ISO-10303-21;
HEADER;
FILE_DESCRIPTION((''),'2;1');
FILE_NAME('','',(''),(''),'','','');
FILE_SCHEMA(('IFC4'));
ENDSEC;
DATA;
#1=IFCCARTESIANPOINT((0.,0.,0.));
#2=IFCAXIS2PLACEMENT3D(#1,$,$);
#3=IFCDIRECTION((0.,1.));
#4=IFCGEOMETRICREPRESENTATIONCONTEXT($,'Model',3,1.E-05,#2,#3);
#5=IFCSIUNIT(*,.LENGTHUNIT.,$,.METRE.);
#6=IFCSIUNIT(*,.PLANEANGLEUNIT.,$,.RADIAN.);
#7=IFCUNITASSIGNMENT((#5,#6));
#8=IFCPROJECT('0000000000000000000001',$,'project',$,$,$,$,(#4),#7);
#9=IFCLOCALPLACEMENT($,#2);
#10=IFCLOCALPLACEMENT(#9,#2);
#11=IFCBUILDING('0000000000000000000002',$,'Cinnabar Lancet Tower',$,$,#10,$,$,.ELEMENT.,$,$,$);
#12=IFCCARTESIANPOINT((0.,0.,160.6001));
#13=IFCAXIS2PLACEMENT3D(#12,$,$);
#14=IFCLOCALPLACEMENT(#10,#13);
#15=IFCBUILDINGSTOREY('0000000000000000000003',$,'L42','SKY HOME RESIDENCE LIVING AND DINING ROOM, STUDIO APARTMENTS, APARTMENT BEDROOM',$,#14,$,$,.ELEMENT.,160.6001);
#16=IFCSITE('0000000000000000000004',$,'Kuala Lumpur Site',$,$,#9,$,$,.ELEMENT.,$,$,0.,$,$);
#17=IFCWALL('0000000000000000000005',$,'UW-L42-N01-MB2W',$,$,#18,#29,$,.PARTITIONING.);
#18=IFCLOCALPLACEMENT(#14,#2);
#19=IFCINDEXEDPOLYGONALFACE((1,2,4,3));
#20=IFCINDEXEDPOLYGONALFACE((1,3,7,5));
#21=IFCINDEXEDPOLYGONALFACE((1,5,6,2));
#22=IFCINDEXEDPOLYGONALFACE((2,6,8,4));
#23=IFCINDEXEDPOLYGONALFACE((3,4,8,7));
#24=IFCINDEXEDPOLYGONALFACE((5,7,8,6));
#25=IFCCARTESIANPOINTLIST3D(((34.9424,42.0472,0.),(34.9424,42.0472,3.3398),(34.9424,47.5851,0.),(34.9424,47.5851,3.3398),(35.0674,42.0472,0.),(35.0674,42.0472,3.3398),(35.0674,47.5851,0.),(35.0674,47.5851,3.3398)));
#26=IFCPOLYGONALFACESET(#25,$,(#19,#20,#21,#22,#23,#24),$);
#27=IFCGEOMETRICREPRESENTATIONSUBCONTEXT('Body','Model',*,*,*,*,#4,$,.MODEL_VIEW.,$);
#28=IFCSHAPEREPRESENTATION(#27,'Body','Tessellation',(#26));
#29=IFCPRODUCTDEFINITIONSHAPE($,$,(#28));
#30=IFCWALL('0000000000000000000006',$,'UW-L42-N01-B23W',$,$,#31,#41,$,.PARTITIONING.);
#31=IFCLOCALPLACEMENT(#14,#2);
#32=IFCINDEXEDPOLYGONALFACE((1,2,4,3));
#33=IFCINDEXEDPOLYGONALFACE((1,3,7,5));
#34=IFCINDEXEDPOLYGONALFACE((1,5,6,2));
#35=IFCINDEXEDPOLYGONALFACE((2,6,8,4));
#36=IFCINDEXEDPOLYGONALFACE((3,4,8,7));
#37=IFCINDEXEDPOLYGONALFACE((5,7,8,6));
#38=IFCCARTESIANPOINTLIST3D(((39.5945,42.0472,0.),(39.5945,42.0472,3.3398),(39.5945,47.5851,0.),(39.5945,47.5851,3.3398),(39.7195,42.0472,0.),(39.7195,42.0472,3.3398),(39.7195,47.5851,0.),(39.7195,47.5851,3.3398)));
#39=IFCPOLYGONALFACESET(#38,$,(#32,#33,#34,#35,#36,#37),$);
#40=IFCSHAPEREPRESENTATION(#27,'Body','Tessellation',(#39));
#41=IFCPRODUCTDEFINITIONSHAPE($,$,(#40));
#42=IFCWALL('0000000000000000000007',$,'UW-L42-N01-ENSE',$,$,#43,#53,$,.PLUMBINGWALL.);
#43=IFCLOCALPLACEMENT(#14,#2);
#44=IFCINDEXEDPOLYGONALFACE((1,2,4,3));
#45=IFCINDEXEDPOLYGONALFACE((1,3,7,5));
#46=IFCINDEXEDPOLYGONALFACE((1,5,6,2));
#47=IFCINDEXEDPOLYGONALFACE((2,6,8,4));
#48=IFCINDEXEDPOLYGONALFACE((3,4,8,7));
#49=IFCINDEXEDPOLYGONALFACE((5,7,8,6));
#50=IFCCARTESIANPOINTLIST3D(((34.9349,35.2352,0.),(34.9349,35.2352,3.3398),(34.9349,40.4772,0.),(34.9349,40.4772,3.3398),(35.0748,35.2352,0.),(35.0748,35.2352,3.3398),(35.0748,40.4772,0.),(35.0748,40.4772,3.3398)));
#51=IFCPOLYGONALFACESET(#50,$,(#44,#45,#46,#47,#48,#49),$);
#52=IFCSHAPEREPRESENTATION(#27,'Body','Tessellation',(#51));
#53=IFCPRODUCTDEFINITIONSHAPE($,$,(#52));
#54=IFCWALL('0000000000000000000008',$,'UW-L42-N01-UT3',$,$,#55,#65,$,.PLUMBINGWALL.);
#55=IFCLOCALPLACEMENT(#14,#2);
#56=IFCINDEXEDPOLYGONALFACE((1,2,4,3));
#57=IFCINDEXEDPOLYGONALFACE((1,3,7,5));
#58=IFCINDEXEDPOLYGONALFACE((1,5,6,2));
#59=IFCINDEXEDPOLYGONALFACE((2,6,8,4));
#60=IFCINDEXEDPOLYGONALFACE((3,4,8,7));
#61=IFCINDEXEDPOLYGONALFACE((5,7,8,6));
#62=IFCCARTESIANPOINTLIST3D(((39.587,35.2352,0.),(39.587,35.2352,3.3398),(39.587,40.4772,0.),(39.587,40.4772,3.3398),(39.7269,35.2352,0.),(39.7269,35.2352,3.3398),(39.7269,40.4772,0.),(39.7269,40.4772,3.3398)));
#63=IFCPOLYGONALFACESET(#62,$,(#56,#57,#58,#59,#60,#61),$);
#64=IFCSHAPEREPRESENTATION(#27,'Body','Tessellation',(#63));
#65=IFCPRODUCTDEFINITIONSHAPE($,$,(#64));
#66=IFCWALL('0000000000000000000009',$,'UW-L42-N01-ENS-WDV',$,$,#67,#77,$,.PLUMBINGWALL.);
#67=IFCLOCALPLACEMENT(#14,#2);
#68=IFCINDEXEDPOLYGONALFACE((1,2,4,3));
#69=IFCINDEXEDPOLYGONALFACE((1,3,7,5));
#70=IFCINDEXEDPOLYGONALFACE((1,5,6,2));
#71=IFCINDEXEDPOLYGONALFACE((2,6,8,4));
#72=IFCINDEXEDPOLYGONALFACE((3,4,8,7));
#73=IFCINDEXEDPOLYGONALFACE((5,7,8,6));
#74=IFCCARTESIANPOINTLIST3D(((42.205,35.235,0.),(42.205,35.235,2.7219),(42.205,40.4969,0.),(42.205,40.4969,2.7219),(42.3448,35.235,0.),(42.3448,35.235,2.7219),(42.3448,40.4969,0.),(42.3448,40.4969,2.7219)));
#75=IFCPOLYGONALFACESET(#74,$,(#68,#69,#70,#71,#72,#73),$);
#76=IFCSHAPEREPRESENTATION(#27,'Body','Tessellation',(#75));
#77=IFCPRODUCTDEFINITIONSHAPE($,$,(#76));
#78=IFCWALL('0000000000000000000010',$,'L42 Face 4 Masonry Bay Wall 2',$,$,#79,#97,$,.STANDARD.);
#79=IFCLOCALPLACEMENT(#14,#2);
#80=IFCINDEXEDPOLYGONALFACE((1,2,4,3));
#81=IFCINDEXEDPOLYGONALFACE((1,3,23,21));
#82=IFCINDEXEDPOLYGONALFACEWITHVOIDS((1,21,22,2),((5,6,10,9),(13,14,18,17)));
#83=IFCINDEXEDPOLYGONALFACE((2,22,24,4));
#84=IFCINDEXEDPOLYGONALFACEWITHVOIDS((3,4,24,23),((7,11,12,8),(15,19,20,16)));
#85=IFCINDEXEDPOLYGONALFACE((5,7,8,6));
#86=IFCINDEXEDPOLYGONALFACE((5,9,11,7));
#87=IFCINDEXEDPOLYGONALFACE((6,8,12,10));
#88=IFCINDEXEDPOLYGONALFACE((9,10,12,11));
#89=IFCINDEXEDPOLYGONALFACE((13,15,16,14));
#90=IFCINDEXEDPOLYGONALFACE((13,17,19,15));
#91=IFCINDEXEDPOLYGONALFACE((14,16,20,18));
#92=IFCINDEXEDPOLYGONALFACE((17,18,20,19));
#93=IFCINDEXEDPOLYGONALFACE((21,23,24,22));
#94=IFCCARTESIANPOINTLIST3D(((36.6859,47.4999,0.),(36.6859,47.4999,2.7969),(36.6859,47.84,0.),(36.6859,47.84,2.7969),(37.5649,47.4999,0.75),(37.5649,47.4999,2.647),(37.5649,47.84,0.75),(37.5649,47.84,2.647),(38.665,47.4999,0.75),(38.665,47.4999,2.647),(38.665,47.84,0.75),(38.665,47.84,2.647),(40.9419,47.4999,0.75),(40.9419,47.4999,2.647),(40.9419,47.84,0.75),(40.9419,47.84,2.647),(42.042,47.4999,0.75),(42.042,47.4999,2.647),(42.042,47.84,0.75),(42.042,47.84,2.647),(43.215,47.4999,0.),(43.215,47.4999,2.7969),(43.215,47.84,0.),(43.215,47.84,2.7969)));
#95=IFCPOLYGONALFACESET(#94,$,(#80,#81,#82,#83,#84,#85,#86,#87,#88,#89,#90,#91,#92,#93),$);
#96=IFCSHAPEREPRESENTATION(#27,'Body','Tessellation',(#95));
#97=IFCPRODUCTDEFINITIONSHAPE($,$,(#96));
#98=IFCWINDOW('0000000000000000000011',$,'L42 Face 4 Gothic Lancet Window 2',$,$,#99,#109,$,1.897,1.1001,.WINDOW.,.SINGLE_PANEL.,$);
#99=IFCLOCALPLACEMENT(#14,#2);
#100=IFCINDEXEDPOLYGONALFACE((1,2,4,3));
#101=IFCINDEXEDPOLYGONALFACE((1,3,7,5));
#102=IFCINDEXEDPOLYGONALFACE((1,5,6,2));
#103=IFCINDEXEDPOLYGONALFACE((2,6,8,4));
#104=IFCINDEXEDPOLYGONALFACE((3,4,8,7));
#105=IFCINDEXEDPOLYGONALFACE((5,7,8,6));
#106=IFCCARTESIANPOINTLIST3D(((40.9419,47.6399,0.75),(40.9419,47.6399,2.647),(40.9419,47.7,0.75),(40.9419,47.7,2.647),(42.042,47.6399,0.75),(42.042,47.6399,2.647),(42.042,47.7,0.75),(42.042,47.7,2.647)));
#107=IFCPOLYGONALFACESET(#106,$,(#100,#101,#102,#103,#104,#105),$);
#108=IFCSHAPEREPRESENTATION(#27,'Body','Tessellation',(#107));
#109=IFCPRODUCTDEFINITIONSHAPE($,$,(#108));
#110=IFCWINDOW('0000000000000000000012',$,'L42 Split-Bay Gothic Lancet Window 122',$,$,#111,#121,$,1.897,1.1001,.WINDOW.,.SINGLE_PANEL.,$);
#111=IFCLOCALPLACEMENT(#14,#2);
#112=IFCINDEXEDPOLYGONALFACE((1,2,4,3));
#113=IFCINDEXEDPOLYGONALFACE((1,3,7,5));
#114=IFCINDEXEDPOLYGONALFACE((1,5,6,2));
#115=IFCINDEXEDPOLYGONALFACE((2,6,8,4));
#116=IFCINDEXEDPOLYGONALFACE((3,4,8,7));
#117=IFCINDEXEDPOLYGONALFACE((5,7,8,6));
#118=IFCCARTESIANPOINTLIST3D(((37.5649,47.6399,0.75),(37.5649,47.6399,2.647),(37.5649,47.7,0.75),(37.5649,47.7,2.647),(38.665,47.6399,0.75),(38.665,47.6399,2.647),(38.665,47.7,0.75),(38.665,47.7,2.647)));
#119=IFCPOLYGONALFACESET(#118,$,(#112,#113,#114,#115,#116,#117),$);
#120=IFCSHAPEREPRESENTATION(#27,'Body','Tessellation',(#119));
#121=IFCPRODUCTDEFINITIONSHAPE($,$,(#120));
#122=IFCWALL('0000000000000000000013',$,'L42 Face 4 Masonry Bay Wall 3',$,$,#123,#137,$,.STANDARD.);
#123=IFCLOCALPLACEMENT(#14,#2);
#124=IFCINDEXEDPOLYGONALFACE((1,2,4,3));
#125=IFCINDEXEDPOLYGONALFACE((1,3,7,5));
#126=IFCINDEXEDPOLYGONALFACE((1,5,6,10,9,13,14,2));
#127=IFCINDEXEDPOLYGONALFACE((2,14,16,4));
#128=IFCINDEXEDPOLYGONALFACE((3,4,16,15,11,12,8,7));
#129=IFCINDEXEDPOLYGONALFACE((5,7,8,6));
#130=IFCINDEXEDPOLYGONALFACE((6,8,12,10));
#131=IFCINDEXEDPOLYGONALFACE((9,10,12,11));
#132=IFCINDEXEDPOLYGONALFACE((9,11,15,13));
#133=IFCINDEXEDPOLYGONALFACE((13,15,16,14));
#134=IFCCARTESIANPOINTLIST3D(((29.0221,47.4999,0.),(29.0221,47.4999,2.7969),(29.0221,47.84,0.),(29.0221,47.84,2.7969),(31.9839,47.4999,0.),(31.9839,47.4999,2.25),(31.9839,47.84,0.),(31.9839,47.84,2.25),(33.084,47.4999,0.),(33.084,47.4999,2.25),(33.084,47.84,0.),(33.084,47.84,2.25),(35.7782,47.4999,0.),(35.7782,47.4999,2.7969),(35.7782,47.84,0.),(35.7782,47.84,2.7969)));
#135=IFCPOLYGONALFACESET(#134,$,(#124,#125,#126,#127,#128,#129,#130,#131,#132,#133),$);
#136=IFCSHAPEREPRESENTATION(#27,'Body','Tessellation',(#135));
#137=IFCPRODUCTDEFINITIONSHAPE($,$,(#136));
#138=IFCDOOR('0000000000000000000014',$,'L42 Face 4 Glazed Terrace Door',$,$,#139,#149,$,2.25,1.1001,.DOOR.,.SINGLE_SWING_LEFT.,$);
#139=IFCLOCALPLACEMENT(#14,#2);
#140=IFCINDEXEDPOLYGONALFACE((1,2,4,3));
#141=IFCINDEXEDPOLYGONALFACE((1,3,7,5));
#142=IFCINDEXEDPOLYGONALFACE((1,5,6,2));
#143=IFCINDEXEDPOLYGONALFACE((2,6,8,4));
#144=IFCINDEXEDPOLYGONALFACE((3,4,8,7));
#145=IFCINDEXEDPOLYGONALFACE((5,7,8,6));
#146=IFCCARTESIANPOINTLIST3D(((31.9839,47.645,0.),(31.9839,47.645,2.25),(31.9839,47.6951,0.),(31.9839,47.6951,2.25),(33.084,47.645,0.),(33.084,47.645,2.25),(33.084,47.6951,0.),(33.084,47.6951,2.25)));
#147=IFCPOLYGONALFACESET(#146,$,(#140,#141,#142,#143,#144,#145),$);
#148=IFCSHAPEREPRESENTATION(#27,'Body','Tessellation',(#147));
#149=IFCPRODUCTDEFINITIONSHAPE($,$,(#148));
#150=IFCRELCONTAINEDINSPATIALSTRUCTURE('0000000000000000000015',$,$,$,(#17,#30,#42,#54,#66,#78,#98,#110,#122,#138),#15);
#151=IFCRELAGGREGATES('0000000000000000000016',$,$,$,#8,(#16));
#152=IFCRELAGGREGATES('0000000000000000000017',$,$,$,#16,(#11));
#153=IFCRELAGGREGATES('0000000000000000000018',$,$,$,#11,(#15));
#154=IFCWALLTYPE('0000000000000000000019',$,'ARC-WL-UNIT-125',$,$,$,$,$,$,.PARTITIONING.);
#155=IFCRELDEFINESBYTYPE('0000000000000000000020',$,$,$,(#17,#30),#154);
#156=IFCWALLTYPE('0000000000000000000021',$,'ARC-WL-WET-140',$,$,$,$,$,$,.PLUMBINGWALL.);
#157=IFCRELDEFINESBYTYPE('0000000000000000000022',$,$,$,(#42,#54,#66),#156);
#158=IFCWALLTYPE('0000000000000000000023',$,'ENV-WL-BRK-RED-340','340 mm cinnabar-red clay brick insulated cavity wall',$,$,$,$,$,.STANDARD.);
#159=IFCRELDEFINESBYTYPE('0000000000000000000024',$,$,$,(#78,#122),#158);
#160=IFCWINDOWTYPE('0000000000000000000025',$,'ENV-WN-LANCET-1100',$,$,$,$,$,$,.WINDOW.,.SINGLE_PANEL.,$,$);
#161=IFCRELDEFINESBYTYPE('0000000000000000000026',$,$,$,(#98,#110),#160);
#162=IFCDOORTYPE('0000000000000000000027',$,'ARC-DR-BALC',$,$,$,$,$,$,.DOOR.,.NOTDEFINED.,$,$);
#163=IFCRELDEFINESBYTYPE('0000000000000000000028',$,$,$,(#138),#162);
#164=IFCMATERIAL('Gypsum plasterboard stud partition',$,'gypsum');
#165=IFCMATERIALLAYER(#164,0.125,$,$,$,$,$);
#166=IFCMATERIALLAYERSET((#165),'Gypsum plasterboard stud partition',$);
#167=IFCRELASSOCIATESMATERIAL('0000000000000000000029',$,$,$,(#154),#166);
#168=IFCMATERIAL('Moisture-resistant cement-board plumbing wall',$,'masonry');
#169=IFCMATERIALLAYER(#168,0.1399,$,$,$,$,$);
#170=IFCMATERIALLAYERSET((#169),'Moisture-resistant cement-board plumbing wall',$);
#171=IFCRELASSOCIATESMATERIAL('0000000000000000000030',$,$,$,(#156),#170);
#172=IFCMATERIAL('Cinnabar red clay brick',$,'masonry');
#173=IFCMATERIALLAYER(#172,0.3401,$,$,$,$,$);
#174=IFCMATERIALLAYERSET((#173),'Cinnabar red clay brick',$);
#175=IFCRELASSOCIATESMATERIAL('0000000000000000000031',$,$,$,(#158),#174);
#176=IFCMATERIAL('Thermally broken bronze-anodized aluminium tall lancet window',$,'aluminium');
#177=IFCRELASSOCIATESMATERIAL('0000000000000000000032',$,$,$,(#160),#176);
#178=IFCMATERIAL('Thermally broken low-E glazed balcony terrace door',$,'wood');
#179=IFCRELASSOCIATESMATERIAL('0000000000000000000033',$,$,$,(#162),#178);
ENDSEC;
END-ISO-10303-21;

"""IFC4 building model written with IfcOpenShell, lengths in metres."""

from ifc_helpers import new_model, si_unit, direction, frame, frame_2d, origin, place, context, subcontext, project, spatial, rectangle, extrude, material, layer, layer_set, type_object, element, fill, save


model = new_model("IFC4")

# Units and contexts
model_context = context("Model", 3, precision=1e-05, world=origin(), true_north=direction((0.0, 1.0)))
body_context = subcontext(model_context, "Body", "Model", "MODEL_VIEW")
ifc_project = project(units=[si_unit("LENGTHUNIT", "METRE"), si_unit("PLANEANGLEUNIT", "RADIAN")], contexts=[model_context])

# Site, building, storey
site_placement = place(None, origin())
site = spatial("IfcSite", under=ifc_project, at=site_placement, Name="Kuala Lumpur Site", CompositionType="ELEMENT", RefElevation=0.0)
building_placement = place(site_placement, origin())
building = spatial("IfcBuilding", under=site, at=building_placement, Name="Cinnabar Lancet Tower", CompositionType="ELEMENT")
storey_placement = place(building_placement, frame((0.0, 0.0, 160.6001)))
storey = spatial("IfcBuildingStorey", under=building, at=storey_placement, Name="L42", Description="SKY HOME RESIDENCE LIVING AND DINING ROOM, STUDIO APARTMENTS, APARTMENT BEDROOM", CompositionType="ELEMENT", Elevation=160.6001)

# Shared definitions
ifc_material_1 = material(Name="Gypsum plasterboard stud partition", Category="gypsum")
ifc_layer_1 = layer(ifc_material_1, 0.125)
ifc_layer_set_1 = layer_set([ifc_layer_1], Name="Gypsum plasterboard stud partition")
wall_type_1 = type_object("IfcWallType", Name="ARC-WL-UNIT-125", PredefinedType="PARTITIONING", material=ifc_layer_set_1)

# Walls
for number, where, z_axis, x_axis, name in (
    (1, (35.0049, 42.0471, 0.0), (0.0, 0.0, 1.0), (0.0, 1.0, 0.0), "UW-L42-N01-MB2W"),
    (2, (39.657, 42.0471, 0.0), (0.0, 0.0, 1.0), (0.0, 1.0, 0.0), "UW-L42-N01-B23W"),
):
    element("IfcWall", number, at=place(storey_placement, frame(where, z_axis=z_axis, x_axis=x_axis)), inside=storey, type_object=wall_type_1, Name=name, PredefinedType="PARTITIONING", context=body_context, shape_type="SweptSolid", body=[
        extrude(rectangle(XDim=5.5378, YDim=0.125, at=frame_2d((2.769, 0.0))), origin(), (0.0, 0.0, 1.0), 3.3398),
    ])
ifc_material_2 = material(Name="Moisture-resistant cement-board plumbing wall", Category="masonry")
ifc_layer_2 = layer(ifc_material_2, 0.1399)
ifc_layer_set_2 = layer_set([ifc_layer_2], Name="Moisture-resistant cement-board plumbing wall")
wall_type_2 = type_object("IfcWallType", Name="ARC-WL-WET-140", PredefinedType="PLUMBINGWALL", material=ifc_layer_set_2)
for number, where, z_axis, x_axis, name in (
    (3, (35.0049, 35.2351, 0.0), (0.0, 0.0, 1.0), (0.0, 1.0, 0.0), "UW-L42-N01-ENSE"),
    (4, (39.657, 35.2351, 0.0), (0.0, 0.0, 1.0), (0.0, 1.0, 0.0), "UW-L42-N01-UT3"),
):
    element("IfcWall", number, at=place(storey_placement, frame(where, z_axis=z_axis, x_axis=x_axis)), inside=storey, type_object=wall_type_2, Name=name, PredefinedType="PLUMBINGWALL", context=body_context, shape_type="SweptSolid", body=[
        extrude(rectangle(XDim=5.2419, YDim=0.1399, at=frame_2d((2.6211, 0.0))), origin(), (0.0, 0.0, 1.0), 3.3398),
    ])
wall_1_placement = place(storey_placement, frame((42.2749, 35.2351, 0.0), z_axis=(0.0, 0.0, 1.0), x_axis=(0.0, 1.0, 0.0)))
element("IfcWall", 5, at=wall_1_placement, inside=storey, type_object=wall_type_2, Name="UW-L42-N01-ENS-WDV", PredefinedType="PLUMBINGWALL", context=body_context, shape_type="SweptSolid", body=[
    extrude(rectangle(XDim=5.262, YDim=0.1399, at=frame_2d((2.6309, 0.0))), origin(), (0.0, 0.0, 1.0), 2.7219),
])

# Wall, openings, windows
ifc_material_3 = material(Name="Cinnabar red clay brick", Category="masonry")
ifc_layer_3 = layer(ifc_material_3, 0.3401)
ifc_layer_set_3 = layer_set([ifc_layer_3], Name="Cinnabar red clay brick")
wall_type_3 = type_object("IfcWallType", Name="ENV-WL-BRK-RED-340", Description="340 mm cinnabar-red clay brick insulated cavity wall", PredefinedType="STANDARD", material=ifc_layer_set_3)
wall_2_placement = place(storey_placement, frame((43.2151, 47.6699, 0.0), z_axis=(0.0, 0.0, 1.0), x_axis=(-1.0, 0.0, 0.0)))
wall_2 = element("IfcWall", 6, at=wall_2_placement, inside=storey, type_object=wall_type_3, Name="L42 Face 4 Masonry Bay Wall 2", PredefinedType="STANDARD", context=body_context, shape_type="SweptSolid", body=[
    extrude(rectangle(XDim=6.5291, YDim=0.3401, at=frame_2d((3.2646, 0.0))), origin(), (0.0, 0.0, 1.0), 2.7969),
])
opening_1_placement = place(wall_2_placement, frame((1.1731, 0.0, 0.75)))
opening_1 = element("IfcOpeningElement", 7, at=opening_1_placement, cuts=wall_2, PredefinedType="OPENING", context=body_context, shape_type="SweptSolid", body=[
    extrude(rectangle(XDim=1.1001, YDim=1.897, at=frame_2d((0.55, 0.9485))), frame((0.0, 0.1799, 0.0), z_axis=(0.0, -1.0, 0.0), x_axis=(1.0, 0.0, 0.0)), (0.0, 0.0, 1.0), 0.3601),
])
opening_2_placement = place(wall_2_placement, frame((4.55, 0.0, 0.75)))
opening_2 = element("IfcOpeningElement", 8, at=opening_2_placement, cuts=wall_2, PredefinedType="OPENING", context=body_context, shape_type="SweptSolid", body=[
    extrude(rectangle(XDim=1.1001, YDim=1.897, at=frame_2d((0.55, 0.9485))), frame((0.0, 0.1799, 0.0), z_axis=(0.0, -1.0, 0.0), x_axis=(1.0, 0.0, 0.0)), (0.0, 0.0, 1.0), 0.3601),
])
ifc_material_4 = material(Name="Thermally broken bronze-anodized aluminium tall lancet window", Category="aluminium")
window_type = type_object("IfcWindowType", Name="ENV-WN-LANCET-1100", PartitioningType="SINGLE_PANEL", PredefinedType="WINDOW", material=ifc_material_4)
window_1_placement = place(opening_1_placement, origin())
window_1 = element("IfcWindow", 9, at=window_1_placement, inside=storey, type_object=window_type, Name="L42 Face 4 Gothic Lancet Window 2", OverallHeight=1.897, OverallWidth=1.1001, PartitioningType="SINGLE_PANEL", PredefinedType="WINDOW", context=body_context, shape_type="SweptSolid", body=[
    extrude(rectangle(XDim=1.1001, YDim=1.897, at=frame_2d((0.55, 0.9485))), frame((0.0, 0.03, 0.0), z_axis=(0.0, -1.0, 0.0), x_axis=(1.0, 0.0, 0.0)), (0.0, 0.0, 1.0), 0.0601),
])
fill(opening_1, window_1)
window_2_placement = place(opening_2_placement, origin())
window_2 = element("IfcWindow", 10, at=window_2_placement, inside=storey, type_object=window_type, Name="L42 Split-Bay Gothic Lancet Window 122", OverallHeight=1.897, OverallWidth=1.1001, PartitioningType="SINGLE_PANEL", PredefinedType="WINDOW", context=body_context, shape_type="SweptSolid", body=[
    extrude(rectangle(XDim=1.1001, YDim=1.897, at=frame_2d((0.55, 0.9485))), frame((0.0, 0.03, 0.0), z_axis=(0.0, -1.0, 0.0), x_axis=(1.0, 0.0, 0.0)), (0.0, 0.0, 1.0), 0.0601),
])
fill(opening_2, window_2)

# Wall, opening, door
wall_3_placement = place(storey_placement, frame((35.7781, 47.6699, 0.0), z_axis=(0.0, 0.0, 1.0), x_axis=(-1.0, 0.0, 0.0)))
wall_3 = element("IfcWall", 11, at=wall_3_placement, inside=storey, type_object=wall_type_3, Name="L42 Face 4 Masonry Bay Wall 3", PredefinedType="STANDARD", context=body_context, shape_type="SweptSolid", body=[
    extrude(rectangle(XDim=6.7561, YDim=0.3401, at=frame_2d((3.3779, 0.0))), origin(), (0.0, 0.0, 1.0), 2.7969),
])
opening_3_placement = place(wall_3_placement, frame((2.6941, 0.0, 0.0)))
opening_3 = element("IfcOpeningElement", 12, at=opening_3_placement, cuts=wall_3, PredefinedType="OPENING", context=body_context, shape_type="SweptSolid", body=[
    extrude(rectangle(XDim=1.1001, YDim=2.25, at=frame_2d((0.55, 1.125))), frame((0.0, 0.1799, 0.0), z_axis=(0.0, -1.0, 0.0), x_axis=(1.0, 0.0, 0.0)), (0.0, 0.0, 1.0), 0.3601),
])
ifc_material_5 = material(Name="Thermally broken low-E glazed balcony terrace door", Category="wood")
door_type_1 = type_object("IfcDoorType", Name="ARC-DR-BALC", OperationType="NOTDEFINED", PredefinedType="DOOR", material=ifc_material_5)
door_1_placement = place(opening_3_placement, origin())
door_1 = element("IfcDoor", 13, at=door_1_placement, inside=storey, type_object=door_type_1, Name="L42 Face 4 Glazed Terrace Door", OperationType="SINGLE_SWING_LEFT", OverallHeight=2.25, OverallWidth=1.1001, PredefinedType="DOOR", context=body_context, shape_type="SweptSolid", body=[
    extrude(rectangle(XDim=1.1001, YDim=2.25, at=frame_2d((0.55, 1.125))), frame((0.0, 0.0249, 0.0), z_axis=(0.0, -1.0, 0.0), x_axis=(1.0, 0.0, 0.0)), (0.0, 0.0, 1.0), 0.05),
])
fill(opening_3, door_1)

save(model, "model.ifc")
